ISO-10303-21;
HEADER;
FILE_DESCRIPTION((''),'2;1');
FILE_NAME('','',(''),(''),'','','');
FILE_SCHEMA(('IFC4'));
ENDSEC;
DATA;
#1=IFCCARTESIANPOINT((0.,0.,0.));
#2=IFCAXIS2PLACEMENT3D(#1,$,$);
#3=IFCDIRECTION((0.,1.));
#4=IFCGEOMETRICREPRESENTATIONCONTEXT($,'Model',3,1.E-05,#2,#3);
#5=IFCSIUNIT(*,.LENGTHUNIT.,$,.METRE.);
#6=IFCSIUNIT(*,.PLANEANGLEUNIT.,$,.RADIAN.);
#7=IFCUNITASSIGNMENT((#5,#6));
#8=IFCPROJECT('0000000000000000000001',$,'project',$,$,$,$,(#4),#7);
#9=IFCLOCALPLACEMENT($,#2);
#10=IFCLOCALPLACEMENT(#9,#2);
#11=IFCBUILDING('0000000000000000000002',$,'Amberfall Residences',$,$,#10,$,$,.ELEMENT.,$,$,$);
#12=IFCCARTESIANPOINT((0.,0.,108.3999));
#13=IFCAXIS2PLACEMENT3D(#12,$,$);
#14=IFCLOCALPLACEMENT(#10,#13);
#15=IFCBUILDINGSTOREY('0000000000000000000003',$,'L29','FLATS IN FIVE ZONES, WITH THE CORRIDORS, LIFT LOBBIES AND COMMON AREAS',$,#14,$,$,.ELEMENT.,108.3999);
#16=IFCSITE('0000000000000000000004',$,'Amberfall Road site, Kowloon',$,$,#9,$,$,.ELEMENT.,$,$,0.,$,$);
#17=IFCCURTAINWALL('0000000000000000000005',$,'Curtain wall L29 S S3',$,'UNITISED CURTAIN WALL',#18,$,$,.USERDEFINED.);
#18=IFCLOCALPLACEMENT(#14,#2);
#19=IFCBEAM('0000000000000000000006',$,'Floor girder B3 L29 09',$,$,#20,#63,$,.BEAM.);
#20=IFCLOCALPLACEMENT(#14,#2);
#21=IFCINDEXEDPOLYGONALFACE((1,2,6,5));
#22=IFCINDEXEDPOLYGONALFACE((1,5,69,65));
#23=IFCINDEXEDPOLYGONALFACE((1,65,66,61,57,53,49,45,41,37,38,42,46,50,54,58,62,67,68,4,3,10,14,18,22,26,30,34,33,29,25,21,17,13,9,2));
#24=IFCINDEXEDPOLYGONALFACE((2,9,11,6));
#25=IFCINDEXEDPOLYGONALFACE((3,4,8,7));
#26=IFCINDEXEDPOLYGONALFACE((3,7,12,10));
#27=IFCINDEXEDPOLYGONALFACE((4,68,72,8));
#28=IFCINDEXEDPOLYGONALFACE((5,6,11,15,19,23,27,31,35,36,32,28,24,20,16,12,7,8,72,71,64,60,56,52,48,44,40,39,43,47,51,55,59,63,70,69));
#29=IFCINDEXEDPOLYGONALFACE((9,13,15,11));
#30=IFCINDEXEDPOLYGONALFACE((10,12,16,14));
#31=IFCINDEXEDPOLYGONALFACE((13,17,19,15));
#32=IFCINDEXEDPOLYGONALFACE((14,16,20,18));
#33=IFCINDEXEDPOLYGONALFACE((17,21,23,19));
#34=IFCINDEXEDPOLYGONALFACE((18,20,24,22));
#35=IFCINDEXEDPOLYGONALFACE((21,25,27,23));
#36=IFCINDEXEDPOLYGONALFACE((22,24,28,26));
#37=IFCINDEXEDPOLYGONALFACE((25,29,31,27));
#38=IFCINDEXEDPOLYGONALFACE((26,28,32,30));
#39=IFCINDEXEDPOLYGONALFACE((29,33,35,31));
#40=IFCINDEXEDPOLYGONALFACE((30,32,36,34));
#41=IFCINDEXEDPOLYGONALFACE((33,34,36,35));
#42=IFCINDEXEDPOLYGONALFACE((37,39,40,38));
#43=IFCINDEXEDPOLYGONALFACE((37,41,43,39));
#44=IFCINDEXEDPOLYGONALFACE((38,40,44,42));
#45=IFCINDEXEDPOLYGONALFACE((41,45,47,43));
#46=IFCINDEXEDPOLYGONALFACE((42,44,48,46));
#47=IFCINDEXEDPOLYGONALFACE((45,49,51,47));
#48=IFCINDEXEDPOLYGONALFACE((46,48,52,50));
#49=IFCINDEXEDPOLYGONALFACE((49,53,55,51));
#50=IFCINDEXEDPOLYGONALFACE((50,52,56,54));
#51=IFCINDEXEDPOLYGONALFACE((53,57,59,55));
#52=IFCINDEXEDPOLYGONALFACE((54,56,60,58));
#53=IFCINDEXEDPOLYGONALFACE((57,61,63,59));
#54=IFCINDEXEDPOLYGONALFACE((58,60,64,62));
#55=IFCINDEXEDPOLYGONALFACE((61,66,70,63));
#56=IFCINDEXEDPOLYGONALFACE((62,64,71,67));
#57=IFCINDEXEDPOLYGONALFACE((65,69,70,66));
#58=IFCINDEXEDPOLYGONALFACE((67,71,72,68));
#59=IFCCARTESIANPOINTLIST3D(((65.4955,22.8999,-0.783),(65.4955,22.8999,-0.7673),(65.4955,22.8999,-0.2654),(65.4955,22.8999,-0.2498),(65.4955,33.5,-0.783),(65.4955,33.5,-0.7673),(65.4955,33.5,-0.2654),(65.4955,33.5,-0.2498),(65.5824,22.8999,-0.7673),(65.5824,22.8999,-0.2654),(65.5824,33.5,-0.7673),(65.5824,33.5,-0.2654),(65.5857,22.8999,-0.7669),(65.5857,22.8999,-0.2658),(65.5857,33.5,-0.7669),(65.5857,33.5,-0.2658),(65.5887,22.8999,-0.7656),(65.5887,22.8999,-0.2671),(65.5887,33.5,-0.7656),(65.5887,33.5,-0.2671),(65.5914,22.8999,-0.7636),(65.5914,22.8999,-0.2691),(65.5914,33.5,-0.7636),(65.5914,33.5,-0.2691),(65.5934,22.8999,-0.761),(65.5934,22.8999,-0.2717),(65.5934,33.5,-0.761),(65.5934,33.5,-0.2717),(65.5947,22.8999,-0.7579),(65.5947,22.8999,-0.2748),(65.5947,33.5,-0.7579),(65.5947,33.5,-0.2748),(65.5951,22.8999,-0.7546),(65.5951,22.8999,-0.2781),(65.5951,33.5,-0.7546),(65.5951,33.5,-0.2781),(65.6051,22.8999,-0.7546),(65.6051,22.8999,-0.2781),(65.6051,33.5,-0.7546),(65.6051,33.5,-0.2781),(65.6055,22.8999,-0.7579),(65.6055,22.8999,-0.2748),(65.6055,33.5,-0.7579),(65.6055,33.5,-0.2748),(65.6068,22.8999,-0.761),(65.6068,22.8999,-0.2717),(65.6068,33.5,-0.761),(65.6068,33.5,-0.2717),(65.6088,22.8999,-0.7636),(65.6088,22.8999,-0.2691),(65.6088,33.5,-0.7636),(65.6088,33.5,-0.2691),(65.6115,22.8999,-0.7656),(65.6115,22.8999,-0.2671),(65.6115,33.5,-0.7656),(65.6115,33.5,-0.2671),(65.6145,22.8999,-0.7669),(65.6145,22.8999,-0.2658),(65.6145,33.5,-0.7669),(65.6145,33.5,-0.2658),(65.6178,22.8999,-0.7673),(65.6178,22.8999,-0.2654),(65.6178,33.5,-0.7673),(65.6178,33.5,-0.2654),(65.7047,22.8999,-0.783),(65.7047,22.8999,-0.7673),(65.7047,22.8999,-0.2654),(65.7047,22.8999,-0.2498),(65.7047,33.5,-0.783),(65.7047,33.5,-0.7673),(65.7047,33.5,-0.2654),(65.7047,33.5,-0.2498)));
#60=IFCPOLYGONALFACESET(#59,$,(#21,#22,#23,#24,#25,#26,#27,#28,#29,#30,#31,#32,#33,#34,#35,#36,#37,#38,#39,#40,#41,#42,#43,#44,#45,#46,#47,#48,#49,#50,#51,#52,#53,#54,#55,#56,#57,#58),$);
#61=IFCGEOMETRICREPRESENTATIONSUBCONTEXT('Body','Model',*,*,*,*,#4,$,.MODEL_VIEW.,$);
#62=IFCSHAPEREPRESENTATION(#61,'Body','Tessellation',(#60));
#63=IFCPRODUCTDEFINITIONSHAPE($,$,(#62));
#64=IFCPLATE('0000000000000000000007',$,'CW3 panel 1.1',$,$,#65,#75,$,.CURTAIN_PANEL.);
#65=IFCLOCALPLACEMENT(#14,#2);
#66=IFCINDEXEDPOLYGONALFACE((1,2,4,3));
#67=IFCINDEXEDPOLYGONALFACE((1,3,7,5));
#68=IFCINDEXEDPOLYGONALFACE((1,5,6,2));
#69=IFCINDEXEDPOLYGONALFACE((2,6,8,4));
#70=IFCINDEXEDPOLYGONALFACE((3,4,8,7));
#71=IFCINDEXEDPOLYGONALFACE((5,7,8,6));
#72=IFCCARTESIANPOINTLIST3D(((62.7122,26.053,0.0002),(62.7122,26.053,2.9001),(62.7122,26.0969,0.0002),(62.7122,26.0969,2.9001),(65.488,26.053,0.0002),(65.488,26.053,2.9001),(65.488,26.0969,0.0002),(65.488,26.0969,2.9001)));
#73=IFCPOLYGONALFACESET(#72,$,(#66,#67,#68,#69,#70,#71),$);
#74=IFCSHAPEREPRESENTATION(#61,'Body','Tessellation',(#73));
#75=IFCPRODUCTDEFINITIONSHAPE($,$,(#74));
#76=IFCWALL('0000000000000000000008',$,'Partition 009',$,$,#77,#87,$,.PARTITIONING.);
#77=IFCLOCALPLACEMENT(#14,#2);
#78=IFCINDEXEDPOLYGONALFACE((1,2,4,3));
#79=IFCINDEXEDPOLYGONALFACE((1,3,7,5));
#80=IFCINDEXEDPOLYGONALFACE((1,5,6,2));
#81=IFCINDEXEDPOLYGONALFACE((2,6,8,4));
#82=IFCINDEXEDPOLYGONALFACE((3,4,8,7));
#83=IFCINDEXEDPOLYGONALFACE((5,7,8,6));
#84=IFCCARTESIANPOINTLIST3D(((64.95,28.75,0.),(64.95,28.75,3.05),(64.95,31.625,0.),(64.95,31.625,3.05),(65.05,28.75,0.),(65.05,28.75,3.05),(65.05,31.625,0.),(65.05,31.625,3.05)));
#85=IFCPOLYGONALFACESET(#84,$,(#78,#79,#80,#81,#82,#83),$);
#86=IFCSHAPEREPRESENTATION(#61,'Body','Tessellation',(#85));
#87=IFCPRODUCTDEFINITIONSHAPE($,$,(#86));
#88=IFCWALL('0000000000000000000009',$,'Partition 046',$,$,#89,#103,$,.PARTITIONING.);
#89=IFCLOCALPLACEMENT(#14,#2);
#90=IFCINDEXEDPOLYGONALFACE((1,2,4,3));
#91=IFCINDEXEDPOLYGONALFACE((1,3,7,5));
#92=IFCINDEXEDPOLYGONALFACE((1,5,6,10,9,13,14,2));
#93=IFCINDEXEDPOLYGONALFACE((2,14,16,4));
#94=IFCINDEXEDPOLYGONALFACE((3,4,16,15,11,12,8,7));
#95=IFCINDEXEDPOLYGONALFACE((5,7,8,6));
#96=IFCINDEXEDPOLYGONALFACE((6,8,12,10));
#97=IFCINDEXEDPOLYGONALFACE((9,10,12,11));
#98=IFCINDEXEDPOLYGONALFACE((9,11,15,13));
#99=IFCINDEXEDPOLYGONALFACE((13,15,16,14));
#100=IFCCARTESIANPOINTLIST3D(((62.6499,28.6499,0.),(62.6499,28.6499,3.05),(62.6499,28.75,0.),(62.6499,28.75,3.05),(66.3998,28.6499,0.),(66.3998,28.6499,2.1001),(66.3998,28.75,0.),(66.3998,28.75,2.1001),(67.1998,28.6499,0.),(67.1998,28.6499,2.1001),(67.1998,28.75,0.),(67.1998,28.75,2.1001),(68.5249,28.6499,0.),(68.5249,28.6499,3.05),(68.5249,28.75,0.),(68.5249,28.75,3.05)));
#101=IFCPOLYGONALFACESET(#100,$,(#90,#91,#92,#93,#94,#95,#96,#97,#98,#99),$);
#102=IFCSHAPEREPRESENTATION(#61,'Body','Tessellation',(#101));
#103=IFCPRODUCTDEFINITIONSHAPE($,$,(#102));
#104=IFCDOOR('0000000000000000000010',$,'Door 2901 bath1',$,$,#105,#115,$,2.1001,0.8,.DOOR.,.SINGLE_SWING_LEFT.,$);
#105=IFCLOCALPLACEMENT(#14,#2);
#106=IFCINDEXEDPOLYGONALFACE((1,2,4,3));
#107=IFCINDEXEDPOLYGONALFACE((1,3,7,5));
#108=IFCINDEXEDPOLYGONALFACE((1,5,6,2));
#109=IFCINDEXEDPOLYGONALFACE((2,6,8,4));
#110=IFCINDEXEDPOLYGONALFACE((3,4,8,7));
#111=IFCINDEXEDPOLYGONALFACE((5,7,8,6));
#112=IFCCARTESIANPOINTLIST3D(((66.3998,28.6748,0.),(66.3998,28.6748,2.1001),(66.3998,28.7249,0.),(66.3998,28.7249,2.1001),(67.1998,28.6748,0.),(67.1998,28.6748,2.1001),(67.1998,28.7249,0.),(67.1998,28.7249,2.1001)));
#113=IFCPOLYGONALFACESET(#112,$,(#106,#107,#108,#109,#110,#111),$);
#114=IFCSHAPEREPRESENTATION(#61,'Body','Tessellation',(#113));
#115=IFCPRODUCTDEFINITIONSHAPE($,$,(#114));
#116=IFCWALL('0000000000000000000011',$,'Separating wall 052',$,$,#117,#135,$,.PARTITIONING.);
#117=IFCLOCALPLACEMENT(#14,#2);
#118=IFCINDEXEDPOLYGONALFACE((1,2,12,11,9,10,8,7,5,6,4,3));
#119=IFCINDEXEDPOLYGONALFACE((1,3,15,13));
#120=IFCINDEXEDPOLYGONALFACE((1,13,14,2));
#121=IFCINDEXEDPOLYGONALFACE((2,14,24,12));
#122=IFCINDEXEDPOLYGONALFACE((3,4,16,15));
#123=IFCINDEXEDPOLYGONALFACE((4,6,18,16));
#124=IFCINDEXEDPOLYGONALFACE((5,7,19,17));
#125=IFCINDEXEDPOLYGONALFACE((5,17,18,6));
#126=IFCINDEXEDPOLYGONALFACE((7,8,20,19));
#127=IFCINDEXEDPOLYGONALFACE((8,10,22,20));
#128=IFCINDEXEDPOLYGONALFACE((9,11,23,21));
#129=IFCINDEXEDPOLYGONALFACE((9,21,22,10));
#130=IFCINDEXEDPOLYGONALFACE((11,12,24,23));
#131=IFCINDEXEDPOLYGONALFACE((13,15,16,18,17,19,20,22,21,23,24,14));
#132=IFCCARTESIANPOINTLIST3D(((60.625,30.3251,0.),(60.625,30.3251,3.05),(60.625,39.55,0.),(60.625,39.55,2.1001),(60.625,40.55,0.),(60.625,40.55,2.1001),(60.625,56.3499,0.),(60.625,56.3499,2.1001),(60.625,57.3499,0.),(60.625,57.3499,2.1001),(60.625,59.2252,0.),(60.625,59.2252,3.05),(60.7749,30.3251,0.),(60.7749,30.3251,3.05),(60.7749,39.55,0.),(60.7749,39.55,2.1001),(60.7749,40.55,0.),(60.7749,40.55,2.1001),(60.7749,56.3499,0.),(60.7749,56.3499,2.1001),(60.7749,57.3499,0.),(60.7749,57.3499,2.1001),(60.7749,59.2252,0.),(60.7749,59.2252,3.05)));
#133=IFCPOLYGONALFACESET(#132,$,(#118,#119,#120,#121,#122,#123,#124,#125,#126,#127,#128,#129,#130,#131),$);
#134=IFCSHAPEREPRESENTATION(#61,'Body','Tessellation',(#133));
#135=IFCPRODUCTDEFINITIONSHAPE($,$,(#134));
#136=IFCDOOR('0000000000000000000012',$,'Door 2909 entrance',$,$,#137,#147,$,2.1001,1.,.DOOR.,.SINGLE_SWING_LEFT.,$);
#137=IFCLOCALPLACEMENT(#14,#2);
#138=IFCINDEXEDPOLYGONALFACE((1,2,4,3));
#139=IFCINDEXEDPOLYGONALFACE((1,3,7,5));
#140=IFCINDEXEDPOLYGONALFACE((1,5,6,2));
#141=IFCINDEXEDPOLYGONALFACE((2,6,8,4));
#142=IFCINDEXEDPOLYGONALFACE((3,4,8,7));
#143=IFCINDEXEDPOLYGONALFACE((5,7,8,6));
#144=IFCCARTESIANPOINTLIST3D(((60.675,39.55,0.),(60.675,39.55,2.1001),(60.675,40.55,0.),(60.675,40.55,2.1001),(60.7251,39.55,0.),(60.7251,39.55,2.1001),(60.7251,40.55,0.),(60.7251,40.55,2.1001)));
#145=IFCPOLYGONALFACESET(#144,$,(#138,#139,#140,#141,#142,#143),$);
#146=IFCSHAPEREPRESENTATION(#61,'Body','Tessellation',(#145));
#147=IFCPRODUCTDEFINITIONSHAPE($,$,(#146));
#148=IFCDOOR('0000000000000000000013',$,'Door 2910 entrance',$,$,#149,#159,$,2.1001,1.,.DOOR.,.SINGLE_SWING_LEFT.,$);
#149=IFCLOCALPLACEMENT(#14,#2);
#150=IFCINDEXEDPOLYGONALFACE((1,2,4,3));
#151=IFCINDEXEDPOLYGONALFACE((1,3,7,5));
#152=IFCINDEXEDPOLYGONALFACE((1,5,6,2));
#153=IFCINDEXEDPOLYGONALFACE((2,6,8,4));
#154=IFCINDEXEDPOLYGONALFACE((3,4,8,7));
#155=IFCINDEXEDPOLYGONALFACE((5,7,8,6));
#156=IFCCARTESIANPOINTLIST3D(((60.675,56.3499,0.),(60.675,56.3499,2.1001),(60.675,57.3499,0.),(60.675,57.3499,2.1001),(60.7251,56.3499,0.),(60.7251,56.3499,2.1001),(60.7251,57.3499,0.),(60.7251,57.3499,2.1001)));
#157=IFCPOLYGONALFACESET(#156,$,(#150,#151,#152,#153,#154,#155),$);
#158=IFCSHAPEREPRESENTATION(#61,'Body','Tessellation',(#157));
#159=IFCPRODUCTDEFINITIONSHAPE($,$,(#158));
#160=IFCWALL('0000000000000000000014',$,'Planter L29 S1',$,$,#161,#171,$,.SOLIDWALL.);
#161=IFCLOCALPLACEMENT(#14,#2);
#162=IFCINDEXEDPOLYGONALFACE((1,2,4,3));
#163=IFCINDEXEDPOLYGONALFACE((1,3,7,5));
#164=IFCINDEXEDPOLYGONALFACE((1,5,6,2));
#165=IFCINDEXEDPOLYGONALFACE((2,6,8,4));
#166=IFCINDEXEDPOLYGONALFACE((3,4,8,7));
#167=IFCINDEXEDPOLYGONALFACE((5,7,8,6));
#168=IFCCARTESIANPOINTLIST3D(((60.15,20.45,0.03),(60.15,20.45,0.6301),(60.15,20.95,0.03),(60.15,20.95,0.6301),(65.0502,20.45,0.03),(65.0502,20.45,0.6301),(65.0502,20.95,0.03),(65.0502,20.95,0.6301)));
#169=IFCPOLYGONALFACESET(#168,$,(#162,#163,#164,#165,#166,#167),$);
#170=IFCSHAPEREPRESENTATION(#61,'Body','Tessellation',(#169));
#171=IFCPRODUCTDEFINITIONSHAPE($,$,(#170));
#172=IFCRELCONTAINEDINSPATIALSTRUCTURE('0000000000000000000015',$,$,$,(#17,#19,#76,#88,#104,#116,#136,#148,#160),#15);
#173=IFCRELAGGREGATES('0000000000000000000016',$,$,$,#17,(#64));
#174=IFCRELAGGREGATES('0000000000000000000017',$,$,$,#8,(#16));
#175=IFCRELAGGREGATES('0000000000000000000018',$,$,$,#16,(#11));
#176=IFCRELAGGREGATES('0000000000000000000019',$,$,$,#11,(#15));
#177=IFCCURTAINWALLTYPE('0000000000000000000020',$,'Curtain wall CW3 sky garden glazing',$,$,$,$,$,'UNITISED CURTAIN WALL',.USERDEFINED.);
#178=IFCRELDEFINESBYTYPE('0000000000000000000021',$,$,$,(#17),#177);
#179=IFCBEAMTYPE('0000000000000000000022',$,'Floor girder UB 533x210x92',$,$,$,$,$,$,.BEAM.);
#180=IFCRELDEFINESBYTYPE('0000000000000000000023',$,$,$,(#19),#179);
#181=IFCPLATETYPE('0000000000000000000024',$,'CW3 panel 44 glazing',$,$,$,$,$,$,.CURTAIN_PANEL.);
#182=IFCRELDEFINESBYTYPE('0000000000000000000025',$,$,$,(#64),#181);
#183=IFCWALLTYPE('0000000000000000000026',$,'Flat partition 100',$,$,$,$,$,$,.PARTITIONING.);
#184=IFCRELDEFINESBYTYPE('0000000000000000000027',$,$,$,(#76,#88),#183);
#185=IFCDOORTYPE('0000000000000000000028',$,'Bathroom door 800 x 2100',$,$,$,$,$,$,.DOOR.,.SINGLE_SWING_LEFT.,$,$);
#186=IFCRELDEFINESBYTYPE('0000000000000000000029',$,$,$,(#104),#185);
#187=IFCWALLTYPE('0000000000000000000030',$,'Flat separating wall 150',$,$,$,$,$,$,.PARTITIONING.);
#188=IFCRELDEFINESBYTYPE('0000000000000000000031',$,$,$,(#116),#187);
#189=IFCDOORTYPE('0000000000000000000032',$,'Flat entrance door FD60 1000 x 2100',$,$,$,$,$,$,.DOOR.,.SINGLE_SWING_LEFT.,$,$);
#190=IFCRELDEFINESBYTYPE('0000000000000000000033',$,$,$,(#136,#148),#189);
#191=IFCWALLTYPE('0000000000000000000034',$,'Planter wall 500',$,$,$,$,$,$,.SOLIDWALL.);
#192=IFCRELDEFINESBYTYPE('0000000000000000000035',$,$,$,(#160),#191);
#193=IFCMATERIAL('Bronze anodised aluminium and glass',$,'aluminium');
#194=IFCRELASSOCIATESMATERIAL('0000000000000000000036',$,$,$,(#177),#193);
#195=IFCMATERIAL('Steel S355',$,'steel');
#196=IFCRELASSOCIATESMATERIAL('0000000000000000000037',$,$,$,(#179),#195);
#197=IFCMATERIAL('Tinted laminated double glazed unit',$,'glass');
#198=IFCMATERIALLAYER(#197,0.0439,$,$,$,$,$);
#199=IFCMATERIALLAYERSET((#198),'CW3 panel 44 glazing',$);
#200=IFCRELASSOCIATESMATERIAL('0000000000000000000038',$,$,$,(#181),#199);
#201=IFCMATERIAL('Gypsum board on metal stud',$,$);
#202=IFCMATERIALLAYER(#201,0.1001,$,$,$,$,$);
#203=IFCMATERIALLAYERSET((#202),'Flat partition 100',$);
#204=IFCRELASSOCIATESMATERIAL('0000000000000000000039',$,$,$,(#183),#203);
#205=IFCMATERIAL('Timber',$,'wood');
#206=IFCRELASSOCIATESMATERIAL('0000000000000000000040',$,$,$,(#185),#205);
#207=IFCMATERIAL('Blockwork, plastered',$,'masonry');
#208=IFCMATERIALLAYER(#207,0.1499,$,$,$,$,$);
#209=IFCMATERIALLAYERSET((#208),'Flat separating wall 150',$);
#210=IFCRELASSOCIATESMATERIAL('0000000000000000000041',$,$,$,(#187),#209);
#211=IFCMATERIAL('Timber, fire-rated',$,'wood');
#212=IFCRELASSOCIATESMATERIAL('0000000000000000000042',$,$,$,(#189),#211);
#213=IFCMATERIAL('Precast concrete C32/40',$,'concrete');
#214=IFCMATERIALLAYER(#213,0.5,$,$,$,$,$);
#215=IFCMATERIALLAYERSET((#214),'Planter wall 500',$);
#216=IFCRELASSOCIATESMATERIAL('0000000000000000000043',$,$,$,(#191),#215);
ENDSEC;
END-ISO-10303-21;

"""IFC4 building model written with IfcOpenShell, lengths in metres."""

from ifc_helpers import new_model, si_unit, direction, frame, frame_2d, origin, origin_2d, place, context, subcontext, project, spatial, rectangle, i_section, extrude, material, layer, layer_set, material_profile, profile_set, type_object, element, fill, aggregate, save


model = new_model("IFC4")

# Units and contexts
model_context = context("Model", 3, precision=1e-05, world=origin(), true_north=direction((0.0, 1.0)))
body_context = subcontext(model_context, "Body", "Model", "MODEL_VIEW")
ifc_project = project(units=[si_unit("LENGTHUNIT", "METRE"), si_unit("PLANEANGLEUNIT", "RADIAN")], contexts=[model_context])

# Site, building, storey
site_placement = place(None, origin())
site = spatial("IfcSite", under=ifc_project, at=site_placement, Name="Amberfall Road site, Kowloon", CompositionType="ELEMENT", RefElevation=0.0)
building_placement = place(site_placement, origin())
building = spatial("IfcBuilding", under=site, at=building_placement, Name="Amberfall Residences", CompositionType="ELEMENT")
storey_placement = place(building_placement, frame((0.0, 0.0, 108.3999)))
storey = spatial("IfcBuildingStorey", under=building, at=storey_placement, Name="L29", Description="FLATS IN FIVE ZONES, WITH THE CORRIDORS, LIFT LOBBIES AND COMMON AREAS", CompositionType="ELEMENT", Elevation=108.3999)

# Curtain wall
ifc_material_1 = material(Name="Bronze anodised aluminium and glass", Category="aluminium")
curtain_wall_type = type_object("IfcCurtainWallType", Name="Curtain wall CW3 sky garden glazing", ElementType="UNITISED CURTAIN WALL", PredefinedType="USERDEFINED", material=ifc_material_1)
curtain_wall_placement = place(storey_placement, origin())
curtain_wall = element("IfcCurtainWall", 1, at=curtain_wall_placement, inside=storey, type_object=curtain_wall_type, Name="Curtain wall L29 S S3", ObjectType="UNITISED CURTAIN WALL", PredefinedType="USERDEFINED")

# Beam
ifc_material_2 = material(Name="Steel S355", Category="steel")
ifc_material_profile_1 = material_profile(ifc_material_2, i_section(OverallWidth=0.2092, OverallDepth=0.5332, WebThickness=0.01, FlangeThickness=0.0156, FilletRadius=0.0127, at=origin_2d()), Name="UB 533x210x92")
ifc_profile_set_1 = profile_set([ifc_material_profile_1], Name="Steel S355")
beam_type_1 = type_object("IfcBeamType", Name="Floor girder UB 533x210x92", PredefinedType="BEAM", material=ifc_profile_set_1)
beam_1_placement = place(storey_placement, frame((65.6001, 22.8999, -0.5164), z_axis=(0.0, 1.0, 0.0), x_axis=(-1.0, 0.0, 0.0)))
element("IfcBeam", 2, at=beam_1_placement, inside=storey, type_object=beam_type_1, Name="Floor girder B3 L29 09", PredefinedType="BEAM", context=body_context, shape_type="SweptSolid", body=[
    extrude(i_section(OverallWidth=0.2092, OverallDepth=0.5332, WebThickness=0.01, FlangeThickness=0.0156, FilletRadius=0.0127, at=origin_2d()), origin(), (0.0, 0.0, 1.0), 10.6001),
])

# Plate
ifc_material_3 = material(Name="Tinted laminated double glazed unit", Category="glass")
ifc_layer_1 = layer(ifc_material_3, 0.0439)
ifc_layer_set_1 = layer_set([ifc_layer_1], Name="CW3 panel 44 glazing")
plate_type = type_object("IfcPlateType", Name="CW3 panel 44 glazing", PredefinedType="CURTAIN_PANEL", material=ifc_layer_set_1)
plate_placement = place(storey_placement, frame((64.1001, 26.075, 0.0002), z_axis=(0.0, 0.0, 1.0), x_axis=(1.0, 0.0, 0.0)))
plate = element("IfcPlate", 3, at=plate_placement, type_object=plate_type, Name="CW3 panel 1.1", PredefinedType="CURTAIN_PANEL", context=body_context, shape_type="SweptSolid", body=[
    extrude(rectangle(XDim=2.7759, YDim=0.0439, at=origin_2d()), origin(), (0.0, 0.0, 1.0), 2.8999),
])
aggregate(curtain_wall, [plate])

# Wall
ifc_material_4 = material(Name="Gypsum board on metal stud")
ifc_layer_2 = layer(ifc_material_4, 0.1001)
ifc_layer_set_2 = layer_set([ifc_layer_2], Name="Flat partition 100")
wall_type_1 = type_object("IfcWallType", Name="Flat partition 100", PredefinedType="PARTITIONING", material=ifc_layer_set_2)
wall_1_placement = place(storey_placement, frame((65.0, 28.75, 0.0), z_axis=(0.0, 0.0, 1.0), x_axis=(0.0, 1.0, 0.0)))
element("IfcWall", 4, at=wall_1_placement, inside=storey, type_object=wall_type_1, Name="Partition 009", PredefinedType="PARTITIONING", context=body_context, shape_type="SweptSolid", body=[
    extrude(rectangle(XDim=2.875, YDim=0.1001, at=frame_2d((1.4375, 0.0))), origin(), (0.0, 0.0, 1.0), 3.05),
])

# Wall, opening, door
wall_2_placement = place(storey_placement, frame((62.6499, 28.7, 0.0), z_axis=(0.0, 0.0, 1.0), x_axis=(1.0, 0.0, 0.0)))
wall_2 = element("IfcWall", 5, at=wall_2_placement, inside=storey, type_object=wall_type_1, Name="Partition 046", PredefinedType="PARTITIONING", context=body_context, shape_type="SweptSolid", body=[
    extrude(rectangle(XDim=5.875, YDim=0.1001, at=frame_2d((2.9375, 0.0))), origin(), (0.0, 0.0, 1.0), 3.05),
])
opening_1_placement = place(wall_2_placement, frame((3.75, 0.0, 0.0)))
opening_1 = element("IfcOpeningElement", 6, at=opening_1_placement, cuts=wall_2, PredefinedType="OPENING", context=body_context, shape_type="SweptSolid", body=[
    extrude(rectangle(XDim=0.8, YDim=2.1001, at=frame_2d((0.3999, 1.05))), frame((0.0, 0.0601, 0.0), z_axis=(0.0, -1.0, 0.0), x_axis=(1.0, 0.0, 0.0)), (0.0, 0.0, 1.0), 0.1201),
])
ifc_material_5 = material(Name="Timber", Category="wood")
door_type_1 = type_object("IfcDoorType", Name="Bathroom door 800 x 2100", OperationType="SINGLE_SWING_LEFT", PredefinedType="DOOR", material=ifc_material_5)
door_1_placement = place(opening_1_placement, origin())
door_1 = element("IfcDoor", 7, at=door_1_placement, inside=storey, type_object=door_type_1, Name="Door 2901 bath1", OperationType="SINGLE_SWING_LEFT", OverallHeight=2.1001, OverallWidth=0.8, PredefinedType="DOOR", context=body_context, shape_type="SweptSolid", body=[
    extrude(rectangle(XDim=0.8, YDim=2.1001, at=frame_2d((0.3999, 1.05))), frame((0.0, 0.0249, 0.0), z_axis=(0.0, -1.0, 0.0), x_axis=(1.0, 0.0, 0.0)), (0.0, 0.0, 1.0), 0.05),
])
fill(opening_1, door_1)

# Wall, openings, doors
ifc_material_6 = material(Name="Blockwork, plastered", Category="masonry")
ifc_layer_3 = layer(ifc_material_6, 0.1499)
ifc_layer_set_3 = layer_set([ifc_layer_3], Name="Flat separating wall 150")
wall_type_2 = type_object("IfcWallType", Name="Flat separating wall 150", PredefinedType="PARTITIONING", material=ifc_layer_set_3)
wall_3_placement = place(storey_placement, frame((60.7, 30.325, 0.0), z_axis=(0.0, 0.0, 1.0), x_axis=(0.0, 1.0, 0.0)))
wall_3 = element("IfcWall", 8, at=wall_3_placement, inside=storey, type_object=wall_type_2, Name="Separating wall 052", PredefinedType="PARTITIONING", context=body_context, shape_type="SweptSolid", body=[
    extrude(rectangle(XDim=28.9001, YDim=0.1499, at=frame_2d((14.4502, 0.0))), origin(), (0.0, 0.0, 1.0), 3.05),
])
opening_2_placement = place(wall_3_placement, frame((9.2251, 0.0, 0.0)))
opening_2 = element("IfcOpeningElement", 9, at=opening_2_placement, cuts=wall_3, PredefinedType="OPENING", context=body_context, shape_type="SweptSolid", body=[
    extrude(rectangle(XDim=1.0, YDim=2.1001, at=frame_2d((0.5, 1.05))), frame((0.0, 0.085, 0.0), z_axis=(0.0, -1.0, 0.0), x_axis=(1.0, 0.0, 0.0)), (0.0, 0.0, 1.0), 0.1699),
])
opening_3_placement = place(wall_3_placement, frame((26.0249, 0.0, 0.0)))
opening_3 = element("IfcOpeningElement", 10, at=opening_3_placement, cuts=wall_3, PredefinedType="OPENING", context=body_context, shape_type="SweptSolid", body=[
    extrude(rectangle(XDim=1.0, YDim=2.1001, at=frame_2d((0.5, 1.05))), frame((0.0, 0.085, 0.0), z_axis=(0.0, -1.0, 0.0), x_axis=(1.0, 0.0, 0.0)), (0.0, 0.0, 1.0), 0.1699),
])
ifc_material_7 = material(Name="Timber, fire-rated", Category="wood")
door_type_2 = type_object("IfcDoorType", Name="Flat entrance door FD60 1000 x 2100", OperationType="SINGLE_SWING_LEFT", PredefinedType="DOOR", material=ifc_material_7)
door_2_placement = place(opening_2_placement, origin())
door_2 = element("IfcDoor", 11, at=door_2_placement, inside=storey, type_object=door_type_2, Name="Door 2909 entrance", OperationType="SINGLE_SWING_LEFT", OverallHeight=2.1001, OverallWidth=1.0, PredefinedType="DOOR", context=body_context, shape_type="SweptSolid", body=[
    extrude(rectangle(XDim=1.0, YDim=2.1001, at=frame_2d((0.5, 1.05))), frame((0.0, 0.0249, 0.0), z_axis=(0.0, -1.0, 0.0), x_axis=(1.0, 0.0, 0.0)), (0.0, 0.0, 1.0), 0.05),
])
fill(opening_2, door_2)
door_3_placement = place(opening_3_placement, origin())
door_3 = element("IfcDoor", 12, at=door_3_placement, inside=storey, type_object=door_type_2, Name="Door 2910 entrance", OperationType="SINGLE_SWING_LEFT", OverallHeight=2.1001, OverallWidth=1.0, PredefinedType="DOOR", context=body_context, shape_type="SweptSolid", body=[
    extrude(rectangle(XDim=1.0, YDim=2.1001, at=frame_2d((0.5, 1.05))), frame((0.0, 0.0249, 0.0), z_axis=(0.0, -1.0, 0.0), x_axis=(1.0, 0.0, 0.0)), (0.0, 0.0, 1.0), 0.05),
])
fill(opening_3, door_3)

# Wall
ifc_material_8 = material(Name="Precast concrete C32/40", Category="concrete")
ifc_layer_4 = layer(ifc_material_8, 0.5)
ifc_layer_set_4 = layer_set([ifc_layer_4], Name="Planter wall 500")
wall_type_3 = type_object("IfcWallType", Name="Planter wall 500", PredefinedType="SOLIDWALL", material=ifc_layer_set_4)
wall_4_placement = place(storey_placement, frame((60.1499, 20.7, 0.03), z_axis=(0.0, 0.0, 1.0), x_axis=(1.0, 0.0, 0.0)))
element("IfcWall", 13, at=wall_4_placement, inside=storey, type_object=wall_type_3, Name="Planter L29 S1", PredefinedType="SOLIDWALL", context=body_context, shape_type="SweptSolid", body=[
    extrude(rectangle(XDim=4.9001, YDim=0.5, at=frame_2d((2.4502, 0.0))), origin(), (0.0, 0.0, 1.0), 0.6001),
])

save(model, "model.ifc")
